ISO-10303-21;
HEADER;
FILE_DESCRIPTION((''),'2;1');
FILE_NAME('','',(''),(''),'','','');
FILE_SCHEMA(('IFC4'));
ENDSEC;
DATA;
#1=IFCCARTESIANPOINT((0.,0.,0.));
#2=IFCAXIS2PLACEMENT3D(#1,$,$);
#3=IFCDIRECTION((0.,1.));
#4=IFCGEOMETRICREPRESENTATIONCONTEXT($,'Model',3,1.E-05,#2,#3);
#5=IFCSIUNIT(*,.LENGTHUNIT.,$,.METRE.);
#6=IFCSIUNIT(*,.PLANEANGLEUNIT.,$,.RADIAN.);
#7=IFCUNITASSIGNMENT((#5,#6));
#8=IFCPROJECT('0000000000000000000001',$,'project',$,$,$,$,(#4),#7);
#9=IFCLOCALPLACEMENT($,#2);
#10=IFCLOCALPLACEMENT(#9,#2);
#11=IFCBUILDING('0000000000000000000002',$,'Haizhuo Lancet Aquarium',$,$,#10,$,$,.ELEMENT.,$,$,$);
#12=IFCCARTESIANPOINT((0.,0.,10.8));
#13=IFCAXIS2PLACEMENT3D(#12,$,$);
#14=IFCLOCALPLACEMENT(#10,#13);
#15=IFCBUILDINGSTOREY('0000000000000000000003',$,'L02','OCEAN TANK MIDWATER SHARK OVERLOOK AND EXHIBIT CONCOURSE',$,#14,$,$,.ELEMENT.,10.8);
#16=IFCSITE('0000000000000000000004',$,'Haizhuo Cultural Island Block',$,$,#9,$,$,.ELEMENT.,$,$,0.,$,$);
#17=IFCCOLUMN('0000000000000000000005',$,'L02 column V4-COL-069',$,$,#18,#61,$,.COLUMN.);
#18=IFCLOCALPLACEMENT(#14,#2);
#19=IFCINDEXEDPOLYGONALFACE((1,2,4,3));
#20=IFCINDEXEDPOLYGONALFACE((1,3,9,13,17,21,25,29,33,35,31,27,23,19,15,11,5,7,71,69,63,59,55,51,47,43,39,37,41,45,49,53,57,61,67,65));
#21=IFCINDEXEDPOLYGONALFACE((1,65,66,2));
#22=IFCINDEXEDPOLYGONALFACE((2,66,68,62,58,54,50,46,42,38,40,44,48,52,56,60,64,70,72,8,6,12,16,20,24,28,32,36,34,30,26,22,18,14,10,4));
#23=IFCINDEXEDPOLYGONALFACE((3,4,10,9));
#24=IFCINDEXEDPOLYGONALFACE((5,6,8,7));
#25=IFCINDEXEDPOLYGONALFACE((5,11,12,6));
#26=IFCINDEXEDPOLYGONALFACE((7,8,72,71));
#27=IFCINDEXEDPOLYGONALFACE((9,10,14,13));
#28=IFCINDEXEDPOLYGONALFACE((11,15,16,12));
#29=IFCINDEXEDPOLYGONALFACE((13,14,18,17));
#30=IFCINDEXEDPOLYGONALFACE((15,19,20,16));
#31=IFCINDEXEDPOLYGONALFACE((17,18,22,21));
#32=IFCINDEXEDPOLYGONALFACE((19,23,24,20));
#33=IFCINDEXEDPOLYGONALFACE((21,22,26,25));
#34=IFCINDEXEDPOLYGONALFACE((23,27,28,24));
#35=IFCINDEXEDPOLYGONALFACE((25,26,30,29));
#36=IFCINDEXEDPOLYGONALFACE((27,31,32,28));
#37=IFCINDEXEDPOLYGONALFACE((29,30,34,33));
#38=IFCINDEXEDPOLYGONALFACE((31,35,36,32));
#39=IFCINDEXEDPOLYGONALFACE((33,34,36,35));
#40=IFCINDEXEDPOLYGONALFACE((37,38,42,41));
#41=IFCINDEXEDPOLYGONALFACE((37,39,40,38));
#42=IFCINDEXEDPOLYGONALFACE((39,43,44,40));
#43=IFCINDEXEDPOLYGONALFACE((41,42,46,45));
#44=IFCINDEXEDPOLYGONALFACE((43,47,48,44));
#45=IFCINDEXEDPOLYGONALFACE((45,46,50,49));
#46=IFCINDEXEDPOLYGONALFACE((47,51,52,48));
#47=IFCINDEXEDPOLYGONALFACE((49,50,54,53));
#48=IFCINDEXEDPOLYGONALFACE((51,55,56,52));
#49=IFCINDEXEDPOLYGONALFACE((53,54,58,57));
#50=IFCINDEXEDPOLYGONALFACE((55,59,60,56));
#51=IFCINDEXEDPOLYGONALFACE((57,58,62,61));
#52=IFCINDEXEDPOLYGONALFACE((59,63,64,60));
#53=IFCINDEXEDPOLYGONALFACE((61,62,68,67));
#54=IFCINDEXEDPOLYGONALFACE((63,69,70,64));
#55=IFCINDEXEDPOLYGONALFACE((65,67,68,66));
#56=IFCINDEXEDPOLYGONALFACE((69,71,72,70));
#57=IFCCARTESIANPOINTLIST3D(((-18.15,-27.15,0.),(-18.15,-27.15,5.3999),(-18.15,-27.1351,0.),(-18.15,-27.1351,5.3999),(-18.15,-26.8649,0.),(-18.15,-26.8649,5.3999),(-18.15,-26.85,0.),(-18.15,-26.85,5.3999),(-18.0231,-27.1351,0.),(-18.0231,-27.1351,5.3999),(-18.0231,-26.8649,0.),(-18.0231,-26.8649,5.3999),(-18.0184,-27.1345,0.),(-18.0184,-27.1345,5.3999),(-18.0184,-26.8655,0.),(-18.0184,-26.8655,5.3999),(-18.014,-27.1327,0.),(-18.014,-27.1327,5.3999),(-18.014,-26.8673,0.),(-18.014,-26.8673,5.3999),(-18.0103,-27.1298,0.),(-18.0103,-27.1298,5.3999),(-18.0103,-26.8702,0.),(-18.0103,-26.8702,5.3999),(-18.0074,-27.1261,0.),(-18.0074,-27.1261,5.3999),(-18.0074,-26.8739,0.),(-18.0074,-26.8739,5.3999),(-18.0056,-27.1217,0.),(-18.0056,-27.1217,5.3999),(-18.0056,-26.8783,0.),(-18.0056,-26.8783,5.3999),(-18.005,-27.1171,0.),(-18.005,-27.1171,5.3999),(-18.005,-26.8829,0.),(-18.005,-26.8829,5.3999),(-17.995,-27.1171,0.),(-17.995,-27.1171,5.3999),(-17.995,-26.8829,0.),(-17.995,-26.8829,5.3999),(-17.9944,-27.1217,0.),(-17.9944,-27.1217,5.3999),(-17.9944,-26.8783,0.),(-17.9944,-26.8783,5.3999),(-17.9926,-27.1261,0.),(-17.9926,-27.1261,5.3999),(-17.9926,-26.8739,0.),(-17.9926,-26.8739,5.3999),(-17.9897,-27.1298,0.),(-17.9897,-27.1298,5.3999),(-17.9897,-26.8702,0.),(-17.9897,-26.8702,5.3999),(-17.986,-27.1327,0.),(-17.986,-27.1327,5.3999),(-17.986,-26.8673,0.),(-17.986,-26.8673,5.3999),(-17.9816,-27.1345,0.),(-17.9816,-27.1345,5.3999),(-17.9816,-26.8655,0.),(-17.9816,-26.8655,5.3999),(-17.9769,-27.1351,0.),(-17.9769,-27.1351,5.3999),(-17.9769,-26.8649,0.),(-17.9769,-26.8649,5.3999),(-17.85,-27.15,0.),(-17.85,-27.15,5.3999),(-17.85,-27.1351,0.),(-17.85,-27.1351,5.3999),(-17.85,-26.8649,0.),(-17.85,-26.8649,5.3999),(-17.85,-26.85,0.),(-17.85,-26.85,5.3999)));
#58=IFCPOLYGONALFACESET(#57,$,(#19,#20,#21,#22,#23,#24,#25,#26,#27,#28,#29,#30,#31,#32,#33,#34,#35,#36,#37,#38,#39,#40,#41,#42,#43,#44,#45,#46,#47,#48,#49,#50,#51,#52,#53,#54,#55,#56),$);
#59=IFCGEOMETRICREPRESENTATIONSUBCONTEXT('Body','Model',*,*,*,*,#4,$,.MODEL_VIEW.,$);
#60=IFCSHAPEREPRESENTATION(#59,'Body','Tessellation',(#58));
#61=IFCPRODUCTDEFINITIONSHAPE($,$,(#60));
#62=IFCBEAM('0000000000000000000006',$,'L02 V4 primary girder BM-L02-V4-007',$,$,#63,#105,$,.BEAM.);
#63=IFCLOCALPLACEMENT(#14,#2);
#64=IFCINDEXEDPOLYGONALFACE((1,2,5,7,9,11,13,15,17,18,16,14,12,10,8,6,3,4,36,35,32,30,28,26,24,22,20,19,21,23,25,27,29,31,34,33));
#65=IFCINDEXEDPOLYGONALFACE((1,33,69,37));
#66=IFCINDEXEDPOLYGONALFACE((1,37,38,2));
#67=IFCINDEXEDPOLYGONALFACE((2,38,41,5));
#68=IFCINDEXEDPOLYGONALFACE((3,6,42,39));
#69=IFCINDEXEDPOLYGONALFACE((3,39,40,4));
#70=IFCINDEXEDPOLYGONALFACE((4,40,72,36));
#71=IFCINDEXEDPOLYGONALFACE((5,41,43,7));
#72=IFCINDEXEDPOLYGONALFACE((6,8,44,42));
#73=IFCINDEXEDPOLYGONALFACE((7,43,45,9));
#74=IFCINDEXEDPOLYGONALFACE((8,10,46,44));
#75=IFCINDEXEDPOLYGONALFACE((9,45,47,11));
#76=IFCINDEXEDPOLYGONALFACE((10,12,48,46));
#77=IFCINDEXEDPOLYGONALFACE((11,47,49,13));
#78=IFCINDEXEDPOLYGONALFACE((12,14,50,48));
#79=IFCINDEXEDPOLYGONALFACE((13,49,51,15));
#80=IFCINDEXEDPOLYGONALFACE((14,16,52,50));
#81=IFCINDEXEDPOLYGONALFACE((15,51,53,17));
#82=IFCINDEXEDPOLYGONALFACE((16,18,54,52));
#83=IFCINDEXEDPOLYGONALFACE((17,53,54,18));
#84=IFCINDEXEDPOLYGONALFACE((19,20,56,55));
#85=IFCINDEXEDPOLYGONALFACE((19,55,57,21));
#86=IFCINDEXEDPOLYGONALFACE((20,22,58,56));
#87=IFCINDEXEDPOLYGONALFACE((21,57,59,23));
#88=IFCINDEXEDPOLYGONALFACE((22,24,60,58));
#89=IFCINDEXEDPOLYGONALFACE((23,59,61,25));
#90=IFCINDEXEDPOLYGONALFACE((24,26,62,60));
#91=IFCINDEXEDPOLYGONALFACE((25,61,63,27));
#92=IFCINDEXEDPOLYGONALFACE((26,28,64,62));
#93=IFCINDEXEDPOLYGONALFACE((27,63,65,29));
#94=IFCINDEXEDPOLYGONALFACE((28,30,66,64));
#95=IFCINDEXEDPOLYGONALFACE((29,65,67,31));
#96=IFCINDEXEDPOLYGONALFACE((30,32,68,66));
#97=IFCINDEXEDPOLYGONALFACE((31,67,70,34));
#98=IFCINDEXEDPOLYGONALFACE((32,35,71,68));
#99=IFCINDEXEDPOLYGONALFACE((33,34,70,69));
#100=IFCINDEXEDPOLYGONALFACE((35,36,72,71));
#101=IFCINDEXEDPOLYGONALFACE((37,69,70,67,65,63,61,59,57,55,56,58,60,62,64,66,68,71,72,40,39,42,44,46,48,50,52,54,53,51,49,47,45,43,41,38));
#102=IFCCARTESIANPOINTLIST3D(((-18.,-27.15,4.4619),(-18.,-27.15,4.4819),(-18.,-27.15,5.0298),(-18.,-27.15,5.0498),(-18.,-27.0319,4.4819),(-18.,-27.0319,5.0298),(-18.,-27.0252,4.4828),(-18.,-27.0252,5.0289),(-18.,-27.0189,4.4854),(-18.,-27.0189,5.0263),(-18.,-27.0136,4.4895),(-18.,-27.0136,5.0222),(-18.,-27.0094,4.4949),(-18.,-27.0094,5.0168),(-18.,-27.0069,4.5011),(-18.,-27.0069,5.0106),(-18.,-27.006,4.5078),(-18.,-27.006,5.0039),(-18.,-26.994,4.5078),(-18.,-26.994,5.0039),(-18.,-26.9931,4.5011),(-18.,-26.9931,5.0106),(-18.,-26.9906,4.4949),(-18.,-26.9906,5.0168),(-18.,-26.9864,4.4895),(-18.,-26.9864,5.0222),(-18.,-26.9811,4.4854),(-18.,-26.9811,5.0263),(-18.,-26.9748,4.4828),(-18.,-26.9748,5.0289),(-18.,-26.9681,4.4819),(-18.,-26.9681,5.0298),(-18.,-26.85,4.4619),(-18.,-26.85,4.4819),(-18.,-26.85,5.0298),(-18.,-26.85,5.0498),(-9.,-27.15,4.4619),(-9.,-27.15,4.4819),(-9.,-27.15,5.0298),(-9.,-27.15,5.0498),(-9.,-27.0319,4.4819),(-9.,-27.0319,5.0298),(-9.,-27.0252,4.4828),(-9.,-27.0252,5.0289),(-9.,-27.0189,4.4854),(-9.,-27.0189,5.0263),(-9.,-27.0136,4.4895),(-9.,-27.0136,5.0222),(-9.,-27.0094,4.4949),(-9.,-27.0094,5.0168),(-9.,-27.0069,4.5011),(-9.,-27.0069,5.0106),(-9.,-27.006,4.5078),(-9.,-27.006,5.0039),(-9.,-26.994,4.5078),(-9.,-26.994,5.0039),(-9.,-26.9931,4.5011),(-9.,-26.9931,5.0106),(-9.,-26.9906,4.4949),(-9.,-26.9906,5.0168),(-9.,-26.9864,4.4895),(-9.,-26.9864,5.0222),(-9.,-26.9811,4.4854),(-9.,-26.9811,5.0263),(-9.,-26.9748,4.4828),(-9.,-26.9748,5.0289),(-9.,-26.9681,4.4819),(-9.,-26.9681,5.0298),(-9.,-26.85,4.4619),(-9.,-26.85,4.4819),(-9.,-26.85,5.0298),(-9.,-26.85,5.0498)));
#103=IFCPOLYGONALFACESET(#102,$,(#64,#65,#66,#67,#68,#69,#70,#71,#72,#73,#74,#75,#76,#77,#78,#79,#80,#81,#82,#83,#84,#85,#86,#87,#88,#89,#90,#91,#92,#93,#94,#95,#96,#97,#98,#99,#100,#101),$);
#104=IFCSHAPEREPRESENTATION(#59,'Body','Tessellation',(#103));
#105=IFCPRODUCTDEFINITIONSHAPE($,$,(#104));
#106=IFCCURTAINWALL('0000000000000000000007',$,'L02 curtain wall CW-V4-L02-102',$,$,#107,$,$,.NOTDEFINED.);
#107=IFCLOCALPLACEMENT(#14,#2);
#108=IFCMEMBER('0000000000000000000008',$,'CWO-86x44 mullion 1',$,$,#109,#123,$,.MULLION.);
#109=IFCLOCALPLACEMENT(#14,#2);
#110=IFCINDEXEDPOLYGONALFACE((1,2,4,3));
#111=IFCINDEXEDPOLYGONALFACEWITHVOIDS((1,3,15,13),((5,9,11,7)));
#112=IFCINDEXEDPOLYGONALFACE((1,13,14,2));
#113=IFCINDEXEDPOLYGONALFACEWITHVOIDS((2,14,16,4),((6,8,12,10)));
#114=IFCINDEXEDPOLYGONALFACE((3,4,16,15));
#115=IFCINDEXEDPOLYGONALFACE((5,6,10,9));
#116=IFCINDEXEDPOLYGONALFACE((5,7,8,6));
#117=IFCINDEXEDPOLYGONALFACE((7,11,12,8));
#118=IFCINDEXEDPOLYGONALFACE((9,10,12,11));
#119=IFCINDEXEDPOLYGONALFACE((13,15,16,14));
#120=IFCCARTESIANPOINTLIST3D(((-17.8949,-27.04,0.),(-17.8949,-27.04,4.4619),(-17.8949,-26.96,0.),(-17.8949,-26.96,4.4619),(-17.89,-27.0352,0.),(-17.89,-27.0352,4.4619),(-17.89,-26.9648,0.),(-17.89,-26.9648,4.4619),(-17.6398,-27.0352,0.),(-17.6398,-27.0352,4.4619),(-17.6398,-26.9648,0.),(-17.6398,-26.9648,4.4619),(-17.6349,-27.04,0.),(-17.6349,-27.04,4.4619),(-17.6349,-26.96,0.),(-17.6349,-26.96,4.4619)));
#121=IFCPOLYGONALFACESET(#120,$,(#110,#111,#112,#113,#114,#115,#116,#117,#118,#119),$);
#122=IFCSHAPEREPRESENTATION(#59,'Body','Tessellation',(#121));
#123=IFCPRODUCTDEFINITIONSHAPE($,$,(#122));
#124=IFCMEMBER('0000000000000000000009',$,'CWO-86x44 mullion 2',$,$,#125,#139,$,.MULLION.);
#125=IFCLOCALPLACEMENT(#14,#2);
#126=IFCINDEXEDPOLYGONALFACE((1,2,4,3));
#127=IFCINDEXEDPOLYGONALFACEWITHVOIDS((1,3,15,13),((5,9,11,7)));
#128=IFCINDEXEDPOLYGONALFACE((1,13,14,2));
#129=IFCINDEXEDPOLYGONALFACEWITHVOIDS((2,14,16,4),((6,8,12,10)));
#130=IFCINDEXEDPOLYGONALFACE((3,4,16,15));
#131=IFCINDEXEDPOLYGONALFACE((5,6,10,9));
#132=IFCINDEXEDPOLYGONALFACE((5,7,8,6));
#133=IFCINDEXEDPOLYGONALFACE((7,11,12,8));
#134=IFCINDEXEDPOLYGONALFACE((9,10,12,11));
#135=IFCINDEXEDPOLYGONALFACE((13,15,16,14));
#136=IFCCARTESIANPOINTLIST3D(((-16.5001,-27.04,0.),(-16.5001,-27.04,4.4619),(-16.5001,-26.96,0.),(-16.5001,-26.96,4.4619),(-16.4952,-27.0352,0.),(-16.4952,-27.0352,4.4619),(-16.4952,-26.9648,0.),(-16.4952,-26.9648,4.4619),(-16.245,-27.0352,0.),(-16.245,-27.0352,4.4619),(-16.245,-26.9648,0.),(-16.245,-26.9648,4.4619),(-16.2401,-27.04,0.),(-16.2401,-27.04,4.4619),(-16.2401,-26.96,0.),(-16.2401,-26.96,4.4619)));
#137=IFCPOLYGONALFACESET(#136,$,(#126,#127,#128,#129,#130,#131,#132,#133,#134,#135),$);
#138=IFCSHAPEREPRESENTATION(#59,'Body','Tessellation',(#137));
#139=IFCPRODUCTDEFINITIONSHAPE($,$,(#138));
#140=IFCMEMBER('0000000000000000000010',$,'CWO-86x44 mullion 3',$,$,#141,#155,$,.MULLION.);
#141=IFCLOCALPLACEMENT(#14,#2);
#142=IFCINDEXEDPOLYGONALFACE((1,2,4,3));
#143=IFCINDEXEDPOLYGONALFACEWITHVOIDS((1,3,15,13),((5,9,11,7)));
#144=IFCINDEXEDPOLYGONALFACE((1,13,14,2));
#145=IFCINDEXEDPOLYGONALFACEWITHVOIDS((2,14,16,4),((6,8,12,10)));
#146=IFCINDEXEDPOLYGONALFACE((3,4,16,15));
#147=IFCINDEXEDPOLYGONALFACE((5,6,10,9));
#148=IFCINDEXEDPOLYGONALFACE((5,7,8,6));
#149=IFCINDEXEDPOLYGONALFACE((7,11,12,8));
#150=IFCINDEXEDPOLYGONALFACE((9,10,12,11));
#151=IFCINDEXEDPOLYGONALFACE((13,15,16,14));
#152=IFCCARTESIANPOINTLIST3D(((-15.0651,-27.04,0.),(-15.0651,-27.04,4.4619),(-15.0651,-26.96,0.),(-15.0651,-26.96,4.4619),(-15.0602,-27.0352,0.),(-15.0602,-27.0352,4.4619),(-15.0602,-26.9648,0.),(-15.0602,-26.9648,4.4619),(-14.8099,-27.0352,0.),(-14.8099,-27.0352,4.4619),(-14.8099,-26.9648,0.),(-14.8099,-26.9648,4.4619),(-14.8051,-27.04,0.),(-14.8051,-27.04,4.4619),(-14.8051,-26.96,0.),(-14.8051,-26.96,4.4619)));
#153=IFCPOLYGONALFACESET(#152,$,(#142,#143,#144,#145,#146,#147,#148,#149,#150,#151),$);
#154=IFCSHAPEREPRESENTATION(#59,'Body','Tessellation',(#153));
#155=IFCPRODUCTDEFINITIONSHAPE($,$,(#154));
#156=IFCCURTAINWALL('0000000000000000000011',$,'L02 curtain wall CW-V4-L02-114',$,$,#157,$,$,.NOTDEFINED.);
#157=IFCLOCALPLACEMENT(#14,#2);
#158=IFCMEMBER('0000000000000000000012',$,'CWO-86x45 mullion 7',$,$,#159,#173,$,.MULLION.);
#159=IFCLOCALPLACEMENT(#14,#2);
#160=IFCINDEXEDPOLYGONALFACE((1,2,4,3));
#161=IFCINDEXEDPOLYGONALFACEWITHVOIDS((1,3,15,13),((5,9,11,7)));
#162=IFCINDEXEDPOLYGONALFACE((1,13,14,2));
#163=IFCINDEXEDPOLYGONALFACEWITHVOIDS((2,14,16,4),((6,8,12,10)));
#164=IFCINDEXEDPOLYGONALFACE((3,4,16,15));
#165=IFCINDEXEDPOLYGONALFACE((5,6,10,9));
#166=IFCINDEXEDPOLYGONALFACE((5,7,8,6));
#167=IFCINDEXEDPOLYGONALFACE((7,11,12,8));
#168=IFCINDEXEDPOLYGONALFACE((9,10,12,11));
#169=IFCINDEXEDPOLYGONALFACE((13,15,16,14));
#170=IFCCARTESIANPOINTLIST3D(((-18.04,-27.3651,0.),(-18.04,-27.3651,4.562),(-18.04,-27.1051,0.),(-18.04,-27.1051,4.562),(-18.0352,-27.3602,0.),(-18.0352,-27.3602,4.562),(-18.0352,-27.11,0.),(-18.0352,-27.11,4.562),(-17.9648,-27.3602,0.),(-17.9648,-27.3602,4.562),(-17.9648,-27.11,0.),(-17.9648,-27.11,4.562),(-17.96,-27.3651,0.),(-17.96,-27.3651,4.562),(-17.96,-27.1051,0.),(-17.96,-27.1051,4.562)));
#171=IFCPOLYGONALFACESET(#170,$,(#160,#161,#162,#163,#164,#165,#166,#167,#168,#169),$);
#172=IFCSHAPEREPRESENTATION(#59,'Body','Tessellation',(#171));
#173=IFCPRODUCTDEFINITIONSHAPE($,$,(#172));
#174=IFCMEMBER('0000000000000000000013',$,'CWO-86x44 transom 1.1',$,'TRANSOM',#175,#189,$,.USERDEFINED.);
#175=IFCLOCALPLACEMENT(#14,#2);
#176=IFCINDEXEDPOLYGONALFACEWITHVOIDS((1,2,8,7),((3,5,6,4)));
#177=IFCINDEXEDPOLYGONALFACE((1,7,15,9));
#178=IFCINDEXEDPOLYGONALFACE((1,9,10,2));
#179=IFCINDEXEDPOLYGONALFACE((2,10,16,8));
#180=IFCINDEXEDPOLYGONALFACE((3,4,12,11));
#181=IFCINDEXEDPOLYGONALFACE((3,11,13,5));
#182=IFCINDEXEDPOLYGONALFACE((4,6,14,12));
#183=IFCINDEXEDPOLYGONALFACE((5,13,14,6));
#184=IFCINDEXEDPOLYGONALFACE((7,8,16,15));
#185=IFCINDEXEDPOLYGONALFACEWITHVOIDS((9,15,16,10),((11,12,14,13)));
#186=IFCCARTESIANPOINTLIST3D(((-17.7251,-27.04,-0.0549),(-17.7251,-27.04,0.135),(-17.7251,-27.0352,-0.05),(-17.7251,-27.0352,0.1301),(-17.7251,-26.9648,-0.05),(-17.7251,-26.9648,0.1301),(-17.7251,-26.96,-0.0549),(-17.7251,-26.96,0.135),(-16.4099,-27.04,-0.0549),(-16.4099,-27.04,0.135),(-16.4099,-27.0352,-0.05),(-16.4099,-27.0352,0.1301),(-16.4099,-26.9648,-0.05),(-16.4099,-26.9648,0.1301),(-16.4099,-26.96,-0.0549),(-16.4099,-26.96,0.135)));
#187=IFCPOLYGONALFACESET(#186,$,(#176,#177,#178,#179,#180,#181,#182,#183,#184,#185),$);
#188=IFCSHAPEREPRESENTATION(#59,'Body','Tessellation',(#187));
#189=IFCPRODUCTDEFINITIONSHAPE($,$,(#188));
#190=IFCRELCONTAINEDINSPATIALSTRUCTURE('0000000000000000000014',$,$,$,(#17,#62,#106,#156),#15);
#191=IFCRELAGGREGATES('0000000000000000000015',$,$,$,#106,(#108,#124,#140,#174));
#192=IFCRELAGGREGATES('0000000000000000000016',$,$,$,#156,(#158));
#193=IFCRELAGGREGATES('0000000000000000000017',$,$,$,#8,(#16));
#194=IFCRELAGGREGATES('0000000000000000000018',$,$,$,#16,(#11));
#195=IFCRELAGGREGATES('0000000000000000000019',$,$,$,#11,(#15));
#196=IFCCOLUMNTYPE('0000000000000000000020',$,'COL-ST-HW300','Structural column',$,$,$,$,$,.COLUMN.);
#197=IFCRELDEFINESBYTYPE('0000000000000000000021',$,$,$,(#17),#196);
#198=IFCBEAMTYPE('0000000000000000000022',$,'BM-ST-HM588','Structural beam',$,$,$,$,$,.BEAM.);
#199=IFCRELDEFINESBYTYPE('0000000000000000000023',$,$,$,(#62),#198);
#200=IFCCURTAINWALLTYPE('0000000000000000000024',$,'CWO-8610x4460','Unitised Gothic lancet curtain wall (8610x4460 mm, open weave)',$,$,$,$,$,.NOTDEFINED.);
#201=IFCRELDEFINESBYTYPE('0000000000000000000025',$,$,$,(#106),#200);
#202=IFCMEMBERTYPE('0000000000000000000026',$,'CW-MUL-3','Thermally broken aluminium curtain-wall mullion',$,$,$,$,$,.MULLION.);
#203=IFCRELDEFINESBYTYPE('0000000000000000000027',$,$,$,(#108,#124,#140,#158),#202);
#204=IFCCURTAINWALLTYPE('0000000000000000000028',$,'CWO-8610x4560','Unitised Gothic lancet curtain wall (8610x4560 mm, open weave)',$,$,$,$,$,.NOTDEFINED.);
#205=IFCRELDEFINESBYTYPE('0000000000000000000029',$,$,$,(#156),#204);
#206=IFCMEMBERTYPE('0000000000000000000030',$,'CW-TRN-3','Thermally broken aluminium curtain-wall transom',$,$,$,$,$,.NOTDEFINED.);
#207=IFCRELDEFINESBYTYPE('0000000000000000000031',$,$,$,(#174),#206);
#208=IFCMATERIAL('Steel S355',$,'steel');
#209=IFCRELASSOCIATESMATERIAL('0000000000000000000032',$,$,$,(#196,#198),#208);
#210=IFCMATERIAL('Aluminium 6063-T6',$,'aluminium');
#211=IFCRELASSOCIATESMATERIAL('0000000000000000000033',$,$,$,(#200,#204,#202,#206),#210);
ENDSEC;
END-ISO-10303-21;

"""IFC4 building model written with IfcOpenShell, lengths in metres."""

from ifc_helpers import new_model, si_unit, direction, frame, origin, origin_2d, place, context, subcontext, project, spatial, hollow_rectangle, i_section, extrude, material, material_profile, profile_set, type_object, element, aggregate, save


model = new_model("IFC4")

# Units and contexts
model_context = context("Model", 3, precision=1e-05, world=origin(), true_north=direction((0.0, 1.0)))
body_context = subcontext(model_context, "Body", "Model", "MODEL_VIEW")
ifc_project = project(units=[si_unit("LENGTHUNIT", "METRE"), si_unit("PLANEANGLEUNIT", "RADIAN")], contexts=[model_context])

# Site, building, storey
site_placement = place(None, origin())
site = spatial("IfcSite", under=ifc_project, at=site_placement, Name="Haizhuo Cultural Island Block", CompositionType="ELEMENT", RefElevation=0.0)
building_placement = place(site_placement, origin())
building = spatial("IfcBuilding", under=site, at=building_placement, Name="Haizhuo Lancet Aquarium", CompositionType="ELEMENT")
storey_placement = place(building_placement, frame((0.0, 0.0, 10.8)))
storey = spatial("IfcBuildingStorey", under=building, at=storey_placement, Name="L02", Description="OCEAN TANK MIDWATER SHARK OVERLOOK AND EXHIBIT CONCOURSE", CompositionType="ELEMENT", Elevation=10.8)

# Column
ifc_material_1 = material(Name="Steel S355", Category="steel")
ifc_material_profile_1 = material_profile(ifc_material_1, i_section(OverallWidth=0.3, OverallDepth=0.3, WebThickness=0.01, FlangeThickness=0.0149, FilletRadius=0.0181, at=origin_2d()), Name="HW 300x300x10x15")
ifc_profile_set_1 = profile_set([ifc_material_profile_1], Name="Steel S355")
column_type = type_object("IfcColumnType", Name="COL-ST-HW300", Description="Structural column", PredefinedType="COLUMN", material=ifc_profile_set_1)
column_placement = place(storey_placement, frame((-18.0, -27.0, 0.0), z_axis=(0.0, 0.0, 1.0), x_axis=(1.0, 0.0, 0.0)))
element("IfcColumn", 1, at=column_placement, inside=storey, type_object=column_type, Name="L02 column V4-COL-069", PredefinedType="COLUMN", context=body_context, shape_type="SweptSolid", body=[
    extrude(i_section(OverallWidth=0.3, OverallDepth=0.3, WebThickness=0.01, FlangeThickness=0.0149, FilletRadius=0.0181, at=origin_2d()), origin(), (0.0, 0.0, 1.0), 5.3999),
])

# Beam
ifc_material_profile_2 = material_profile(ifc_material_1, i_section(OverallWidth=0.3, OverallDepth=0.5879, WebThickness=0.012, FlangeThickness=0.02, FilletRadius=0.0259, at=origin_2d()), Name="HM 588x300x12x20")
ifc_profile_set_2 = profile_set([ifc_material_profile_2], Name="Steel S355")
beam_type = type_object("IfcBeamType", Name="BM-ST-HM588", Description="Structural beam", PredefinedType="BEAM", material=ifc_profile_set_2)
beam_placement = place(storey_placement, frame((-18.0, -27.0, 4.7559), z_axis=(1.0, 0.0, 0.0), x_axis=(0.0, 1.0, 0.0)))
element("IfcBeam", 2, at=beam_placement, inside=storey, type_object=beam_type, Name="L02 V4 primary girder BM-L02-V4-007", PredefinedType="BEAM", context=body_context, shape_type="SweptSolid", body=[
    extrude(i_section(OverallWidth=0.3, OverallDepth=0.5879, WebThickness=0.012, FlangeThickness=0.02, FilletRadius=0.0259, at=origin_2d()), origin(), (0.0, 0.0, 1.0), 9.0),
])

# Curtain wall, members
ifc_material_2 = material(Name="Aluminium 6063-T6", Category="aluminium")
curtain_wall_type_1 = type_object("IfcCurtainWallType", Name="CWO-8610x4460", Description="Unitised Gothic lancet curtain wall (8610x4460 mm, open weave)", PredefinedType="NOTDEFINED", material=ifc_material_2)
curtain_wall_1_placement = place(storey_placement, origin())
curtain_wall_1 = element("IfcCurtainWall", 3, at=curtain_wall_1_placement, inside=storey, type_object=curtain_wall_type_1, Name="L02 curtain wall CW-V4-L02-102", PredefinedType="NOTDEFINED")
ifc_material_profile_3 = material_profile(ifc_material_2, hollow_rectangle(XDim=0.0801, YDim=0.26, WallThickness=0.0049, at=origin_2d()), Name="ALU-M 80x260x5")
ifc_profile_set_3 = profile_set([ifc_material_profile_3], Name="Aluminium 6063-T6")
member_type_1 = type_object("IfcMemberType", Name="CW-MUL-3", Description="Thermally broken aluminium curtain-wall mullion", PredefinedType="MULLION", material=ifc_profile_set_3)
member_1_placement = place(storey_placement, frame((-17.7649, -27.0, 0.0), z_axis=(0.0, 0.0, 1.0), x_axis=(0.0, 1.0, 0.0)))
member_1 = element("IfcMember", 4, at=member_1_placement, type_object=member_type_1, Name="CWO-86x44 mullion 1", PredefinedType="MULLION", context=body_context, shape_type="SweptSolid", body=[
    extrude(hollow_rectangle(XDim=0.0801, YDim=0.26, WallThickness=0.0049, at=origin_2d()), origin(), (0.0, 0.0, 1.0), 4.4619),
])
member_2_placement = place(storey_placement, frame((-16.3701, -27.0, 0.0), z_axis=(0.0, 0.0, 1.0), x_axis=(0.0, 1.0, 0.0)))
member_2 = element("IfcMember", 5, at=member_2_placement, type_object=member_type_1, Name="CWO-86x44 mullion 2", PredefinedType="MULLION", context=body_context, shape_type="SweptSolid", body=[
    extrude(hollow_rectangle(XDim=0.0801, YDim=0.26, WallThickness=0.0049, at=origin_2d()), origin(), (0.0, 0.0, 1.0), 4.4619),
])
member_3_placement = place(storey_placement, frame((-14.9351, -27.0, 0.0), z_axis=(0.0, 0.0, 1.0), x_axis=(0.0, 1.0, 0.0)))
member_3 = element("IfcMember", 6, at=member_3_placement, type_object=member_type_1, Name="CWO-86x44 mullion 3", PredefinedType="MULLION", context=body_context, shape_type="SweptSolid", body=[
    extrude(hollow_rectangle(XDim=0.0801, YDim=0.26, WallThickness=0.0049, at=origin_2d()), origin(), (0.0, 0.0, 1.0), 4.4619),
])

# Curtain wall, member
curtain_wall_type_2 = type_object("IfcCurtainWallType", Name="CWO-8610x4560", Description="Unitised Gothic lancet curtain wall (8610x4560 mm, open weave)", PredefinedType="NOTDEFINED", material=ifc_material_2)
curtain_wall_2_placement = place(storey_placement, origin())
curtain_wall_2 = element("IfcCurtainWall", 7, at=curtain_wall_2_placement, inside=storey, type_object=curtain_wall_type_2, Name="L02 curtain wall CW-V4-L02-114", PredefinedType="NOTDEFINED")
member_4_placement = place(storey_placement, frame((-18.0, -27.2351, 0.0), z_axis=(0.0, 0.0, 1.0), x_axis=(-1.0, 0.0, 0.0)))
member_4 = element("IfcMember", 8, at=member_4_placement, type_object=member_type_1, Name="CWO-86x45 mullion 7", PredefinedType="MULLION", context=body_context, shape_type="SweptSolid", body=[
    extrude(hollow_rectangle(XDim=0.0801, YDim=0.26, WallThickness=0.0049, at=origin_2d()), origin(), (0.0, 0.0, 1.0), 4.562),
])

# Member
ifc_material_profile_4 = material_profile(ifc_material_2, hollow_rectangle(XDim=0.0801, YDim=0.1899, WallThickness=0.0049, at=origin_2d()), Name="ALU-T 80x190x5")
ifc_profile_set_4 = profile_set([ifc_material_profile_4], Name="Aluminium 6063-T6")
member_type_2 = type_object("IfcMemberType", Name="CW-TRN-3", Description="Thermally broken aluminium curtain-wall transom", PredefinedType="NOTDEFINED", material=ifc_profile_set_4)
member_5_placement = place(storey_placement, frame((-17.7251, -27.0, 0.04), z_axis=(1.0, 0.0, 0.0), x_axis=(0.0, 1.0, 0.0)))
member_5 = element("IfcMember", 9, at=member_5_placement, type_object=member_type_2, Name="CWO-86x44 transom 1.1", ObjectType="TRANSOM", PredefinedType="USERDEFINED", context=body_context, shape_type="SweptSolid", body=[
    extrude(hollow_rectangle(XDim=0.0801, YDim=0.1899, WallThickness=0.0049, at=origin_2d()), origin(), (0.0, 0.0, 1.0), 1.3152),
])

aggregate(curtain_wall_1, [member_1, member_2, member_3, member_5])
aggregate(curtain_wall_2, [member_4])

save(model, "model.ifc")
